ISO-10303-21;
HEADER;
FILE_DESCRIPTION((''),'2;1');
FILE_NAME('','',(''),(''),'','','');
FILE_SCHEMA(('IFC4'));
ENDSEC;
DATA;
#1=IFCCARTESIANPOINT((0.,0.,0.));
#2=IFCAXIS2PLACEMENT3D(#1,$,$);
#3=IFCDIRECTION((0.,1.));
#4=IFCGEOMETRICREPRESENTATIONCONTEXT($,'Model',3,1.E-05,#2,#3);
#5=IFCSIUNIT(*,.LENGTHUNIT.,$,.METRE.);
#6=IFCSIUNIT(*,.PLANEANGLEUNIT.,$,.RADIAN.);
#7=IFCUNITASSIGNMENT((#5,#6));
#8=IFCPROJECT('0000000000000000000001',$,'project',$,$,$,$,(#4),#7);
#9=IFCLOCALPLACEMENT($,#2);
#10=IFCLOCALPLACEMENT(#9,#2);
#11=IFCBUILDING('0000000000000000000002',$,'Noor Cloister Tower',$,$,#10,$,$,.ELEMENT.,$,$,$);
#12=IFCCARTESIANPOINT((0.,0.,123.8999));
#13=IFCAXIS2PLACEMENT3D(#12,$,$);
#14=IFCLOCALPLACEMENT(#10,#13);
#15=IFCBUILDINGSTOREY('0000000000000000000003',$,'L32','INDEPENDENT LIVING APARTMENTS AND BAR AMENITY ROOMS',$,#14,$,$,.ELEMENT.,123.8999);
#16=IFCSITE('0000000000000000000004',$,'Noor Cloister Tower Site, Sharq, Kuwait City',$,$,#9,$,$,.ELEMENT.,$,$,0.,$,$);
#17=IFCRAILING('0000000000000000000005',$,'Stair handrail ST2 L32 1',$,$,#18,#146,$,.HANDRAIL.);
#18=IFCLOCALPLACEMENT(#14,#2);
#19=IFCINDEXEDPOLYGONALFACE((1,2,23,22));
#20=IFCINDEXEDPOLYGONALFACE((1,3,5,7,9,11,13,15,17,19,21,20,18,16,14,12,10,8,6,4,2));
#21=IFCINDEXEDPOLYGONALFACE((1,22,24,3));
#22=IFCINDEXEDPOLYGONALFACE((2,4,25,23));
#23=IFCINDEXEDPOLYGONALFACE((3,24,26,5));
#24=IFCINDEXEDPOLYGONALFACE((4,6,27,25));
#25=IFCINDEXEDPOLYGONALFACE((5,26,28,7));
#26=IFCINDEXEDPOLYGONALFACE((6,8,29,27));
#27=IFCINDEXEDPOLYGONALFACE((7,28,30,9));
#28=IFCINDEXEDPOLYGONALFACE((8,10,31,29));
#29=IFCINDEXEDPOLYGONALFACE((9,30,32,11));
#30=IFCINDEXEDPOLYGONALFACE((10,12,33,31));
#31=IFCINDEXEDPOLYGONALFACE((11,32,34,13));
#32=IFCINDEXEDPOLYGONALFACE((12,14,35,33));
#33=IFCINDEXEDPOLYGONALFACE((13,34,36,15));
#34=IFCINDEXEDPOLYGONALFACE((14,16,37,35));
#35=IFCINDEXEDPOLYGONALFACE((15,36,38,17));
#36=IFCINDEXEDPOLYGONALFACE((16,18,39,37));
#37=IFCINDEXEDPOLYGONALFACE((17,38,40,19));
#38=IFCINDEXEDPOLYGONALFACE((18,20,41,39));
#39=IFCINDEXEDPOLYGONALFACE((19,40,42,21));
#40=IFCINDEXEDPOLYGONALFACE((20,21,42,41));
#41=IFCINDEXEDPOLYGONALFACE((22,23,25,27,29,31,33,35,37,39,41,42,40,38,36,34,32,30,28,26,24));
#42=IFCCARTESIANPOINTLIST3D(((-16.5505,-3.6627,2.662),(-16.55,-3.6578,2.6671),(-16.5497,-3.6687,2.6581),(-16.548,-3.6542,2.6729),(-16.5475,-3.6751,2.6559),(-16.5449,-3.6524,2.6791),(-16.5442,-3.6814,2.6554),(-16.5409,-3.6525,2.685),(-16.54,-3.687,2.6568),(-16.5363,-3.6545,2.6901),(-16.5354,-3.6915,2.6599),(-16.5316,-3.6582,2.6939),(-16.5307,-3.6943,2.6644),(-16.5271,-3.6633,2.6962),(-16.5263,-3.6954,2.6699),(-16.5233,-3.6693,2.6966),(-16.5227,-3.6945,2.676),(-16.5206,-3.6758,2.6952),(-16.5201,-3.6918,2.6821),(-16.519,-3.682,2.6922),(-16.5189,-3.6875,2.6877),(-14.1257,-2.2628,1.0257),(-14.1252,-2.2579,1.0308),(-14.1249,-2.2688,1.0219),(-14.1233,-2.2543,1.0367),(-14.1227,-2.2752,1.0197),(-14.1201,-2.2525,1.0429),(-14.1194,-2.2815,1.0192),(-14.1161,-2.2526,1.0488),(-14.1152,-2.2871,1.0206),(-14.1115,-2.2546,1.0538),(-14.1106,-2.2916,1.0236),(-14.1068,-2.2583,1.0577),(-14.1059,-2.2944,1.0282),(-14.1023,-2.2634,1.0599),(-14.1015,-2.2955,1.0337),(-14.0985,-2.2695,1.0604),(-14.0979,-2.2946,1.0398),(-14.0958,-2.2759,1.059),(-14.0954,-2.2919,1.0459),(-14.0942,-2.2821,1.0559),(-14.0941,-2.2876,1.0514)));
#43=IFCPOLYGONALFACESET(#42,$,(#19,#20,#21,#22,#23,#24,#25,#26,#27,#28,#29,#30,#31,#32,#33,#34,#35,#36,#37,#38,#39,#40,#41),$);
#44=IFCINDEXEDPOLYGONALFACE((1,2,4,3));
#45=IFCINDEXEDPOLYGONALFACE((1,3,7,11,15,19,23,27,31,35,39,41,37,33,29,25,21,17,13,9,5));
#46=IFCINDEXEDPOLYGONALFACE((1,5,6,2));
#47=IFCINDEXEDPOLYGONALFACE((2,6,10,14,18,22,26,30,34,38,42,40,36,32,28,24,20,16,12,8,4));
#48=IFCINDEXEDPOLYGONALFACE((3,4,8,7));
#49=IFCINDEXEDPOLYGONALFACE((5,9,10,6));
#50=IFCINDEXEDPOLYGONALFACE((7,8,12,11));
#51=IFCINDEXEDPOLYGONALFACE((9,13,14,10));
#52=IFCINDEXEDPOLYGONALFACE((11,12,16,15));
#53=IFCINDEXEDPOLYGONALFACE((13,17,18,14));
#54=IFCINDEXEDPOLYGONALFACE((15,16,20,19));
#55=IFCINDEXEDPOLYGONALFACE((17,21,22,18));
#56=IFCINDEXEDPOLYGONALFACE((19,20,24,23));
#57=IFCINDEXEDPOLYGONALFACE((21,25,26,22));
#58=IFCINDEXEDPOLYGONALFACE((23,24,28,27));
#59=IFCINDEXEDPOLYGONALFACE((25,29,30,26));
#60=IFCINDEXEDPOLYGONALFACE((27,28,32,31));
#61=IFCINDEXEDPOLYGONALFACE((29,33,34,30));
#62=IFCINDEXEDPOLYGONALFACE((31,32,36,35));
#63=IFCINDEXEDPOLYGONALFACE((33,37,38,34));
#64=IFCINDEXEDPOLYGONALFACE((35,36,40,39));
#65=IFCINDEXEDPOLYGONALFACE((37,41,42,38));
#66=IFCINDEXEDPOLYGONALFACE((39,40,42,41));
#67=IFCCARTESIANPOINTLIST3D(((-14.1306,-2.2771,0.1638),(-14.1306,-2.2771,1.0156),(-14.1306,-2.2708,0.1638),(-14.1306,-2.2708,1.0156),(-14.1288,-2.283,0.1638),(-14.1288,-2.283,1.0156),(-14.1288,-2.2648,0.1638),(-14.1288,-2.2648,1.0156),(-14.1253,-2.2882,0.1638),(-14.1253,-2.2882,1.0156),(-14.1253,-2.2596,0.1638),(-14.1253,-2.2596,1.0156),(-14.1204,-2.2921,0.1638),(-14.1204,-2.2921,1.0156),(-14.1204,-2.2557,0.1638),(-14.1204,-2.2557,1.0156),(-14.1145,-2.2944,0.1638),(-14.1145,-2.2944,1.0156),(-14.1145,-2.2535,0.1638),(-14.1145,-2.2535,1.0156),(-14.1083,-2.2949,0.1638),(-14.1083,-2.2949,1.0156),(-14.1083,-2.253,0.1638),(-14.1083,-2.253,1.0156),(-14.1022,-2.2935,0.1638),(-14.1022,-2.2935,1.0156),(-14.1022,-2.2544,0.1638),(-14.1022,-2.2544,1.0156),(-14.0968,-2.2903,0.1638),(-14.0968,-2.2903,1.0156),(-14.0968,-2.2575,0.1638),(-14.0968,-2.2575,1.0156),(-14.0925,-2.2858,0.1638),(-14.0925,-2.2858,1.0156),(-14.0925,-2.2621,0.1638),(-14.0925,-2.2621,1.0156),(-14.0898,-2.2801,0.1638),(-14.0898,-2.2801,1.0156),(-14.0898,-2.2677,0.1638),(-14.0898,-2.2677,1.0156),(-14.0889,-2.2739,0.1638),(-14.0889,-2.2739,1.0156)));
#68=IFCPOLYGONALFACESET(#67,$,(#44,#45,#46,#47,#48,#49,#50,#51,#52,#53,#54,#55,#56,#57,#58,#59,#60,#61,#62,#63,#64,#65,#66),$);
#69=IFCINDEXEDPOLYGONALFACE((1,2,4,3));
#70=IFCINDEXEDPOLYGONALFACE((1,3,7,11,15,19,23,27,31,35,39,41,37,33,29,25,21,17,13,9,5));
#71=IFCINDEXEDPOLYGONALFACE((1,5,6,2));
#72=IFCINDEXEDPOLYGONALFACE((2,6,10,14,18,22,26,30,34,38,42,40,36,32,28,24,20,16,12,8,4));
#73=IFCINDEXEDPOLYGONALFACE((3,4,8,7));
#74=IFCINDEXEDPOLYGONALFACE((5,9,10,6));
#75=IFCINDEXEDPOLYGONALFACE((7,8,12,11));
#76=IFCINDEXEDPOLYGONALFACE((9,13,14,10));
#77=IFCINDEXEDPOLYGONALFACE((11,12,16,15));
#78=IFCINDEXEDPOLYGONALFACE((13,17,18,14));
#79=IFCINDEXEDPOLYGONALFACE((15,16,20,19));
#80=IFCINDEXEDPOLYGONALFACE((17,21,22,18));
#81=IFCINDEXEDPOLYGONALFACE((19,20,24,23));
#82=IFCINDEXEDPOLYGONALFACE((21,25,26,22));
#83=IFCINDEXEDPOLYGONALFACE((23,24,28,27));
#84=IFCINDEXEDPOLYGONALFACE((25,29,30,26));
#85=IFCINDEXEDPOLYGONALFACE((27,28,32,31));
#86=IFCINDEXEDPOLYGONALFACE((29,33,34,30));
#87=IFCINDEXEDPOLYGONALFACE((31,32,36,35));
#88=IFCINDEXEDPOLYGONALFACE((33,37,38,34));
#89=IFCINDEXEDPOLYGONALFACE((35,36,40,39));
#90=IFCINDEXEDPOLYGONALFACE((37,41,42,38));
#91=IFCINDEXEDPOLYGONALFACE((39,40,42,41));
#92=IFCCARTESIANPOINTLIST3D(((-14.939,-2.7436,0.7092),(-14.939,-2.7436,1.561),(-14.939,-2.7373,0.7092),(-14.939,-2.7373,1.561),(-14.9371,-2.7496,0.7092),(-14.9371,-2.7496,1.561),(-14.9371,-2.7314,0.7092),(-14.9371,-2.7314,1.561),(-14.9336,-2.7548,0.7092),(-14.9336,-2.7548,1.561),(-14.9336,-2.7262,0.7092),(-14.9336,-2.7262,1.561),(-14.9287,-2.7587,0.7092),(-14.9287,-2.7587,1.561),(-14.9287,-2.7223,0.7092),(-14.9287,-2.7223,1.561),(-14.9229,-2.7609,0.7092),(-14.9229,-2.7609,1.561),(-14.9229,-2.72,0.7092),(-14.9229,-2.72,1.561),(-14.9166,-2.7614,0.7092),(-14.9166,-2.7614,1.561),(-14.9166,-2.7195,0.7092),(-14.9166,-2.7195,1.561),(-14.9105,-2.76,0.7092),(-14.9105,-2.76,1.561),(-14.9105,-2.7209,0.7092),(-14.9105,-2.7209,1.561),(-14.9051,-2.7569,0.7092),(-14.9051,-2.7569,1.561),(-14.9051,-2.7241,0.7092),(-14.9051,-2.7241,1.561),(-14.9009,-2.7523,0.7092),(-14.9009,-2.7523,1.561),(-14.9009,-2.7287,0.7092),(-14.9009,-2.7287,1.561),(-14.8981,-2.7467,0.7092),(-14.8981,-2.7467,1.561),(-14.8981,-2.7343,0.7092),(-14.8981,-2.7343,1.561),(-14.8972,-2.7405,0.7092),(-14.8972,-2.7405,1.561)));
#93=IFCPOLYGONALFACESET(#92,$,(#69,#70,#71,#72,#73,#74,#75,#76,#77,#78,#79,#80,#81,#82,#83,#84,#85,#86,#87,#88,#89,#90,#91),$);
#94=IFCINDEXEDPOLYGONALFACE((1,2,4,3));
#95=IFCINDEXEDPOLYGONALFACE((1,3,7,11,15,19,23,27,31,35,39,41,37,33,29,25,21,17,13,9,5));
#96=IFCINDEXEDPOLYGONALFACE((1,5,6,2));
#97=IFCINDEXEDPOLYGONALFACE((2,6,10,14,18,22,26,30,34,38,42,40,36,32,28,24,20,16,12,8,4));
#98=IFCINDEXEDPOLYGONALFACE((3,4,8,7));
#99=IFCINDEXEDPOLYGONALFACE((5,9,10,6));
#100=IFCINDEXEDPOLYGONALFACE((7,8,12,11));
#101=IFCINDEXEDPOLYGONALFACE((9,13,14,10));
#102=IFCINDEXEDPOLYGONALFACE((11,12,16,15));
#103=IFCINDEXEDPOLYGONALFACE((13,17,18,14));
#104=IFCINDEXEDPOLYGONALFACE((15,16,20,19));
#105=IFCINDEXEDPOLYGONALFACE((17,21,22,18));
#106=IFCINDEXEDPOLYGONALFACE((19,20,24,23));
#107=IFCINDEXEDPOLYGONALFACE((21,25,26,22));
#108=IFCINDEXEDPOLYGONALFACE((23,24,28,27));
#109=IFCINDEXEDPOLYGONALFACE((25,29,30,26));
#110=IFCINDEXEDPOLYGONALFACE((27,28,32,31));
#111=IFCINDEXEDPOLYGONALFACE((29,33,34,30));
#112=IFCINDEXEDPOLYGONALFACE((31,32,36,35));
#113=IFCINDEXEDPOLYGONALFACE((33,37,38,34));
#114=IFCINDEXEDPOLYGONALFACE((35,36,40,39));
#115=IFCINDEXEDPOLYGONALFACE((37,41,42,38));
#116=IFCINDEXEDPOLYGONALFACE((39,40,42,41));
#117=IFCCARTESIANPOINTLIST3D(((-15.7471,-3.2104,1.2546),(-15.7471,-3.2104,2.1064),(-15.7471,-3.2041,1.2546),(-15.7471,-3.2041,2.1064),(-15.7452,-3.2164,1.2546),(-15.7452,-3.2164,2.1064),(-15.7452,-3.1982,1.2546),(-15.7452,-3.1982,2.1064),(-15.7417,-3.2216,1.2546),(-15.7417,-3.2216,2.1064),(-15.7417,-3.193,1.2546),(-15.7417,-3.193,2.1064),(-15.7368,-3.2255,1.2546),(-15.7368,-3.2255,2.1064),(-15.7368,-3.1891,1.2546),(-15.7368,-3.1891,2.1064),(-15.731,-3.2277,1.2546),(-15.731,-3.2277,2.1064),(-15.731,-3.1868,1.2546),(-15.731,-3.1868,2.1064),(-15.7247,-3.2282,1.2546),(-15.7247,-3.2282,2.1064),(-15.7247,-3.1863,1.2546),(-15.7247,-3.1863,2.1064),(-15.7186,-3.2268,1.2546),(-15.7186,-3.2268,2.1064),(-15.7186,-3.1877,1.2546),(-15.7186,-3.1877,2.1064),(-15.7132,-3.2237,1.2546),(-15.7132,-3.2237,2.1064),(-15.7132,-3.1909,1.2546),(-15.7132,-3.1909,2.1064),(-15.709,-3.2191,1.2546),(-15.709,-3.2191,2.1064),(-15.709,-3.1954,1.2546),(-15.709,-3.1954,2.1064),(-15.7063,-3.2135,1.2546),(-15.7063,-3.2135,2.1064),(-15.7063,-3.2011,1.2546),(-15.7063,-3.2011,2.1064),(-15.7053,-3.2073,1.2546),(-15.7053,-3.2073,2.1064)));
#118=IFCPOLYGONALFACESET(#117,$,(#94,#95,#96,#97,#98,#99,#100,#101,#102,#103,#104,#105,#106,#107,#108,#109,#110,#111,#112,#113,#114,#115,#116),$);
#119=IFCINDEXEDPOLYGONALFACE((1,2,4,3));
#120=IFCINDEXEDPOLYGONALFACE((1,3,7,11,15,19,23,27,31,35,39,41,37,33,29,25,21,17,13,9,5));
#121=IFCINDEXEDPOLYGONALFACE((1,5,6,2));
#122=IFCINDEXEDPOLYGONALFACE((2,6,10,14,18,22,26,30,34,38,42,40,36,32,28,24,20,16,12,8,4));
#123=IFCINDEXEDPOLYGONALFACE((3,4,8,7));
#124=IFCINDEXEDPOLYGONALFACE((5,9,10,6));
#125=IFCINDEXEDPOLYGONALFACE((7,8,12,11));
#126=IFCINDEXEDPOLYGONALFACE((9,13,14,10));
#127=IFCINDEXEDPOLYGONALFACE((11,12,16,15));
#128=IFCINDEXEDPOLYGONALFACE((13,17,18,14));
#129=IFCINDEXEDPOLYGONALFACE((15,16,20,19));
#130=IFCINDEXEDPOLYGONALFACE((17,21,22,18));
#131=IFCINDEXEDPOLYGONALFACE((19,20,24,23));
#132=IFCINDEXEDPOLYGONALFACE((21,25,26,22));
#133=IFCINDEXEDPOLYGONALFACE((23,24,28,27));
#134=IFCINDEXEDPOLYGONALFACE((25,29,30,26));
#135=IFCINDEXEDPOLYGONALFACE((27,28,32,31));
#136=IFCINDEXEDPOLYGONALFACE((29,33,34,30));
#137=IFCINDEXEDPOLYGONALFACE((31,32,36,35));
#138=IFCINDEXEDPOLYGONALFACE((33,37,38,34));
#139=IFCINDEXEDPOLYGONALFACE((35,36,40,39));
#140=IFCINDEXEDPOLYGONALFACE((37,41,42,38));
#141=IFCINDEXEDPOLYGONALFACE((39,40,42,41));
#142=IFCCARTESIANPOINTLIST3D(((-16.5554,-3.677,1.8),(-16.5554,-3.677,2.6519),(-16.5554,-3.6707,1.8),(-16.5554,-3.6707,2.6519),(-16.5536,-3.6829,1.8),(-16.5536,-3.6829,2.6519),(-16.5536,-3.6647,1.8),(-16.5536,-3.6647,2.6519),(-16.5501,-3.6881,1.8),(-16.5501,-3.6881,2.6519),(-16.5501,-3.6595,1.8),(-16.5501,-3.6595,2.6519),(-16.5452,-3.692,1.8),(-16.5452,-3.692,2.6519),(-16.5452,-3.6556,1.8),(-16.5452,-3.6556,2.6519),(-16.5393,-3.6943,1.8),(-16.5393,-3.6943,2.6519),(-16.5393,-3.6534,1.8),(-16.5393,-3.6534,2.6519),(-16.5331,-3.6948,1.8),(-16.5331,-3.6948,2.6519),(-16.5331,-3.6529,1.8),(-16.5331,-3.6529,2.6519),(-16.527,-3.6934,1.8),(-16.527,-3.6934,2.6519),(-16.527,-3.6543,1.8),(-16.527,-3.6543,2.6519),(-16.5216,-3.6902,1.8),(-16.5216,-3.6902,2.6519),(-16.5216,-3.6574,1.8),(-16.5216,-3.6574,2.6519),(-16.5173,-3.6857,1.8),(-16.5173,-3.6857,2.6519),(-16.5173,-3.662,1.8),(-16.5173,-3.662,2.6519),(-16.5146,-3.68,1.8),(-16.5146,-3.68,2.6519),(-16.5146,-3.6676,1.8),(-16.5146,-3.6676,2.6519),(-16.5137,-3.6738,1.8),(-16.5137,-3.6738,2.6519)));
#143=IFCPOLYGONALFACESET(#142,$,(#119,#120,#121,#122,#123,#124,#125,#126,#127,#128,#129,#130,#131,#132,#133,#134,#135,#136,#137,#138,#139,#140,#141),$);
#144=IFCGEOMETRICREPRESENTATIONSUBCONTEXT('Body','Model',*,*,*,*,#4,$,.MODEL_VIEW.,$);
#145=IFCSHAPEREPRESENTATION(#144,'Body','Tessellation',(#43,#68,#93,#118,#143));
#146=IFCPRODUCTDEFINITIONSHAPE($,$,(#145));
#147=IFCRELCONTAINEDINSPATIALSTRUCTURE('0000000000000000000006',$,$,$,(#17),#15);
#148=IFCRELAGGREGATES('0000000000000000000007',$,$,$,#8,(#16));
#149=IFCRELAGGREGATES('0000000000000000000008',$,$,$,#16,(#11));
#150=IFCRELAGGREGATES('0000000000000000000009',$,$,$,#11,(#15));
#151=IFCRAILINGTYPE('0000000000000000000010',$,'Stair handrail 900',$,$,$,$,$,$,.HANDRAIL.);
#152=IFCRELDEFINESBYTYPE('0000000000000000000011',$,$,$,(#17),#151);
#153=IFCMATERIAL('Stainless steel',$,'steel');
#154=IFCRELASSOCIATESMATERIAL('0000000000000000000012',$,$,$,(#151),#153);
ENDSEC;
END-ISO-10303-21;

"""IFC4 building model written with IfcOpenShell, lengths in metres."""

from ifc_helpers import new_model, si_unit, direction, frame, origin, origin_2d, place, context, subcontext, project, spatial, circle, extrude, material, type_object, element, save


model = new_model("IFC4")

# Units and contexts
model_context = context("Model", 3, precision=1e-05, world=origin(), true_north=direction((0.0, 1.0)))
body_context = subcontext(model_context, "Body", "Model", "MODEL_VIEW")
ifc_project = project(units=[si_unit("LENGTHUNIT", "METRE"), si_unit("PLANEANGLEUNIT", "RADIAN")], contexts=[model_context])

# Site, building, storey
site_placement = place(None, origin())
site = spatial("IfcSite", under=ifc_project, at=site_placement, Name="Noor Cloister Tower Site, Sharq, Kuwait City", CompositionType="ELEMENT", RefElevation=0.0)
building_placement = place(site_placement, origin())
building = spatial("IfcBuilding", under=site, at=building_placement, Name="Noor Cloister Tower", CompositionType="ELEMENT")
storey_placement = place(building_placement, frame((0.0, 0.0, 123.8999)))
storey = spatial("IfcBuildingStorey", under=building, at=storey_placement, Name="L32", Description="INDEPENDENT LIVING APARTMENTS AND BAR AMENITY ROOMS", CompositionType="ELEMENT", Elevation=123.8999)

# Railing
ifc_material_1 = material(Name="Stainless steel", Category="steel")
railing_type_1 = type_object("IfcRailingType", Name="Stair handrail 900", PredefinedType="HANDRAIL", material=ifc_material_1)
railing_1_placement = place(storey_placement, frame((-14.1099, -2.2739, 0.1638)))
element("IfcRailing", 1, at=railing_1_placement, inside=storey, type_object=railing_type_1, Name="Stair handrail ST2 L32 1", PredefinedType="HANDRAIL", context=body_context, shape_type="SweptSolid", body=[
    extrude(circle(Radius=0.0239, at=origin_2d()), frame((0.0, 0.0, 0.876), z_axis=(-0.747718, -0.431677, 0.504552), x_axis=(0.499984, -0.866035, 0.0)), (0.0, 0.0, 1.0), 3.2429),
    extrude(circle(Radius=0.021, at=origin_2d()), origin(), (0.0, 0.0, 1.0), 0.8518),
    extrude(circle(Radius=0.021, at=origin_2d()), frame((-0.8083, -0.4666, 0.5454)), (0.0, 0.0, 1.0), 0.8518),
    extrude(circle(Radius=0.021, at=origin_2d()), frame((-1.6165, -0.9333, 1.0908)), (0.0, 0.0, 1.0), 0.8518),
    extrude(circle(Radius=0.021, at=origin_2d()), frame((-2.4248, -1.3999, 1.6362)), (0.0, 0.0, 1.0), 0.8518),
])

save(model, "model.ifc")
